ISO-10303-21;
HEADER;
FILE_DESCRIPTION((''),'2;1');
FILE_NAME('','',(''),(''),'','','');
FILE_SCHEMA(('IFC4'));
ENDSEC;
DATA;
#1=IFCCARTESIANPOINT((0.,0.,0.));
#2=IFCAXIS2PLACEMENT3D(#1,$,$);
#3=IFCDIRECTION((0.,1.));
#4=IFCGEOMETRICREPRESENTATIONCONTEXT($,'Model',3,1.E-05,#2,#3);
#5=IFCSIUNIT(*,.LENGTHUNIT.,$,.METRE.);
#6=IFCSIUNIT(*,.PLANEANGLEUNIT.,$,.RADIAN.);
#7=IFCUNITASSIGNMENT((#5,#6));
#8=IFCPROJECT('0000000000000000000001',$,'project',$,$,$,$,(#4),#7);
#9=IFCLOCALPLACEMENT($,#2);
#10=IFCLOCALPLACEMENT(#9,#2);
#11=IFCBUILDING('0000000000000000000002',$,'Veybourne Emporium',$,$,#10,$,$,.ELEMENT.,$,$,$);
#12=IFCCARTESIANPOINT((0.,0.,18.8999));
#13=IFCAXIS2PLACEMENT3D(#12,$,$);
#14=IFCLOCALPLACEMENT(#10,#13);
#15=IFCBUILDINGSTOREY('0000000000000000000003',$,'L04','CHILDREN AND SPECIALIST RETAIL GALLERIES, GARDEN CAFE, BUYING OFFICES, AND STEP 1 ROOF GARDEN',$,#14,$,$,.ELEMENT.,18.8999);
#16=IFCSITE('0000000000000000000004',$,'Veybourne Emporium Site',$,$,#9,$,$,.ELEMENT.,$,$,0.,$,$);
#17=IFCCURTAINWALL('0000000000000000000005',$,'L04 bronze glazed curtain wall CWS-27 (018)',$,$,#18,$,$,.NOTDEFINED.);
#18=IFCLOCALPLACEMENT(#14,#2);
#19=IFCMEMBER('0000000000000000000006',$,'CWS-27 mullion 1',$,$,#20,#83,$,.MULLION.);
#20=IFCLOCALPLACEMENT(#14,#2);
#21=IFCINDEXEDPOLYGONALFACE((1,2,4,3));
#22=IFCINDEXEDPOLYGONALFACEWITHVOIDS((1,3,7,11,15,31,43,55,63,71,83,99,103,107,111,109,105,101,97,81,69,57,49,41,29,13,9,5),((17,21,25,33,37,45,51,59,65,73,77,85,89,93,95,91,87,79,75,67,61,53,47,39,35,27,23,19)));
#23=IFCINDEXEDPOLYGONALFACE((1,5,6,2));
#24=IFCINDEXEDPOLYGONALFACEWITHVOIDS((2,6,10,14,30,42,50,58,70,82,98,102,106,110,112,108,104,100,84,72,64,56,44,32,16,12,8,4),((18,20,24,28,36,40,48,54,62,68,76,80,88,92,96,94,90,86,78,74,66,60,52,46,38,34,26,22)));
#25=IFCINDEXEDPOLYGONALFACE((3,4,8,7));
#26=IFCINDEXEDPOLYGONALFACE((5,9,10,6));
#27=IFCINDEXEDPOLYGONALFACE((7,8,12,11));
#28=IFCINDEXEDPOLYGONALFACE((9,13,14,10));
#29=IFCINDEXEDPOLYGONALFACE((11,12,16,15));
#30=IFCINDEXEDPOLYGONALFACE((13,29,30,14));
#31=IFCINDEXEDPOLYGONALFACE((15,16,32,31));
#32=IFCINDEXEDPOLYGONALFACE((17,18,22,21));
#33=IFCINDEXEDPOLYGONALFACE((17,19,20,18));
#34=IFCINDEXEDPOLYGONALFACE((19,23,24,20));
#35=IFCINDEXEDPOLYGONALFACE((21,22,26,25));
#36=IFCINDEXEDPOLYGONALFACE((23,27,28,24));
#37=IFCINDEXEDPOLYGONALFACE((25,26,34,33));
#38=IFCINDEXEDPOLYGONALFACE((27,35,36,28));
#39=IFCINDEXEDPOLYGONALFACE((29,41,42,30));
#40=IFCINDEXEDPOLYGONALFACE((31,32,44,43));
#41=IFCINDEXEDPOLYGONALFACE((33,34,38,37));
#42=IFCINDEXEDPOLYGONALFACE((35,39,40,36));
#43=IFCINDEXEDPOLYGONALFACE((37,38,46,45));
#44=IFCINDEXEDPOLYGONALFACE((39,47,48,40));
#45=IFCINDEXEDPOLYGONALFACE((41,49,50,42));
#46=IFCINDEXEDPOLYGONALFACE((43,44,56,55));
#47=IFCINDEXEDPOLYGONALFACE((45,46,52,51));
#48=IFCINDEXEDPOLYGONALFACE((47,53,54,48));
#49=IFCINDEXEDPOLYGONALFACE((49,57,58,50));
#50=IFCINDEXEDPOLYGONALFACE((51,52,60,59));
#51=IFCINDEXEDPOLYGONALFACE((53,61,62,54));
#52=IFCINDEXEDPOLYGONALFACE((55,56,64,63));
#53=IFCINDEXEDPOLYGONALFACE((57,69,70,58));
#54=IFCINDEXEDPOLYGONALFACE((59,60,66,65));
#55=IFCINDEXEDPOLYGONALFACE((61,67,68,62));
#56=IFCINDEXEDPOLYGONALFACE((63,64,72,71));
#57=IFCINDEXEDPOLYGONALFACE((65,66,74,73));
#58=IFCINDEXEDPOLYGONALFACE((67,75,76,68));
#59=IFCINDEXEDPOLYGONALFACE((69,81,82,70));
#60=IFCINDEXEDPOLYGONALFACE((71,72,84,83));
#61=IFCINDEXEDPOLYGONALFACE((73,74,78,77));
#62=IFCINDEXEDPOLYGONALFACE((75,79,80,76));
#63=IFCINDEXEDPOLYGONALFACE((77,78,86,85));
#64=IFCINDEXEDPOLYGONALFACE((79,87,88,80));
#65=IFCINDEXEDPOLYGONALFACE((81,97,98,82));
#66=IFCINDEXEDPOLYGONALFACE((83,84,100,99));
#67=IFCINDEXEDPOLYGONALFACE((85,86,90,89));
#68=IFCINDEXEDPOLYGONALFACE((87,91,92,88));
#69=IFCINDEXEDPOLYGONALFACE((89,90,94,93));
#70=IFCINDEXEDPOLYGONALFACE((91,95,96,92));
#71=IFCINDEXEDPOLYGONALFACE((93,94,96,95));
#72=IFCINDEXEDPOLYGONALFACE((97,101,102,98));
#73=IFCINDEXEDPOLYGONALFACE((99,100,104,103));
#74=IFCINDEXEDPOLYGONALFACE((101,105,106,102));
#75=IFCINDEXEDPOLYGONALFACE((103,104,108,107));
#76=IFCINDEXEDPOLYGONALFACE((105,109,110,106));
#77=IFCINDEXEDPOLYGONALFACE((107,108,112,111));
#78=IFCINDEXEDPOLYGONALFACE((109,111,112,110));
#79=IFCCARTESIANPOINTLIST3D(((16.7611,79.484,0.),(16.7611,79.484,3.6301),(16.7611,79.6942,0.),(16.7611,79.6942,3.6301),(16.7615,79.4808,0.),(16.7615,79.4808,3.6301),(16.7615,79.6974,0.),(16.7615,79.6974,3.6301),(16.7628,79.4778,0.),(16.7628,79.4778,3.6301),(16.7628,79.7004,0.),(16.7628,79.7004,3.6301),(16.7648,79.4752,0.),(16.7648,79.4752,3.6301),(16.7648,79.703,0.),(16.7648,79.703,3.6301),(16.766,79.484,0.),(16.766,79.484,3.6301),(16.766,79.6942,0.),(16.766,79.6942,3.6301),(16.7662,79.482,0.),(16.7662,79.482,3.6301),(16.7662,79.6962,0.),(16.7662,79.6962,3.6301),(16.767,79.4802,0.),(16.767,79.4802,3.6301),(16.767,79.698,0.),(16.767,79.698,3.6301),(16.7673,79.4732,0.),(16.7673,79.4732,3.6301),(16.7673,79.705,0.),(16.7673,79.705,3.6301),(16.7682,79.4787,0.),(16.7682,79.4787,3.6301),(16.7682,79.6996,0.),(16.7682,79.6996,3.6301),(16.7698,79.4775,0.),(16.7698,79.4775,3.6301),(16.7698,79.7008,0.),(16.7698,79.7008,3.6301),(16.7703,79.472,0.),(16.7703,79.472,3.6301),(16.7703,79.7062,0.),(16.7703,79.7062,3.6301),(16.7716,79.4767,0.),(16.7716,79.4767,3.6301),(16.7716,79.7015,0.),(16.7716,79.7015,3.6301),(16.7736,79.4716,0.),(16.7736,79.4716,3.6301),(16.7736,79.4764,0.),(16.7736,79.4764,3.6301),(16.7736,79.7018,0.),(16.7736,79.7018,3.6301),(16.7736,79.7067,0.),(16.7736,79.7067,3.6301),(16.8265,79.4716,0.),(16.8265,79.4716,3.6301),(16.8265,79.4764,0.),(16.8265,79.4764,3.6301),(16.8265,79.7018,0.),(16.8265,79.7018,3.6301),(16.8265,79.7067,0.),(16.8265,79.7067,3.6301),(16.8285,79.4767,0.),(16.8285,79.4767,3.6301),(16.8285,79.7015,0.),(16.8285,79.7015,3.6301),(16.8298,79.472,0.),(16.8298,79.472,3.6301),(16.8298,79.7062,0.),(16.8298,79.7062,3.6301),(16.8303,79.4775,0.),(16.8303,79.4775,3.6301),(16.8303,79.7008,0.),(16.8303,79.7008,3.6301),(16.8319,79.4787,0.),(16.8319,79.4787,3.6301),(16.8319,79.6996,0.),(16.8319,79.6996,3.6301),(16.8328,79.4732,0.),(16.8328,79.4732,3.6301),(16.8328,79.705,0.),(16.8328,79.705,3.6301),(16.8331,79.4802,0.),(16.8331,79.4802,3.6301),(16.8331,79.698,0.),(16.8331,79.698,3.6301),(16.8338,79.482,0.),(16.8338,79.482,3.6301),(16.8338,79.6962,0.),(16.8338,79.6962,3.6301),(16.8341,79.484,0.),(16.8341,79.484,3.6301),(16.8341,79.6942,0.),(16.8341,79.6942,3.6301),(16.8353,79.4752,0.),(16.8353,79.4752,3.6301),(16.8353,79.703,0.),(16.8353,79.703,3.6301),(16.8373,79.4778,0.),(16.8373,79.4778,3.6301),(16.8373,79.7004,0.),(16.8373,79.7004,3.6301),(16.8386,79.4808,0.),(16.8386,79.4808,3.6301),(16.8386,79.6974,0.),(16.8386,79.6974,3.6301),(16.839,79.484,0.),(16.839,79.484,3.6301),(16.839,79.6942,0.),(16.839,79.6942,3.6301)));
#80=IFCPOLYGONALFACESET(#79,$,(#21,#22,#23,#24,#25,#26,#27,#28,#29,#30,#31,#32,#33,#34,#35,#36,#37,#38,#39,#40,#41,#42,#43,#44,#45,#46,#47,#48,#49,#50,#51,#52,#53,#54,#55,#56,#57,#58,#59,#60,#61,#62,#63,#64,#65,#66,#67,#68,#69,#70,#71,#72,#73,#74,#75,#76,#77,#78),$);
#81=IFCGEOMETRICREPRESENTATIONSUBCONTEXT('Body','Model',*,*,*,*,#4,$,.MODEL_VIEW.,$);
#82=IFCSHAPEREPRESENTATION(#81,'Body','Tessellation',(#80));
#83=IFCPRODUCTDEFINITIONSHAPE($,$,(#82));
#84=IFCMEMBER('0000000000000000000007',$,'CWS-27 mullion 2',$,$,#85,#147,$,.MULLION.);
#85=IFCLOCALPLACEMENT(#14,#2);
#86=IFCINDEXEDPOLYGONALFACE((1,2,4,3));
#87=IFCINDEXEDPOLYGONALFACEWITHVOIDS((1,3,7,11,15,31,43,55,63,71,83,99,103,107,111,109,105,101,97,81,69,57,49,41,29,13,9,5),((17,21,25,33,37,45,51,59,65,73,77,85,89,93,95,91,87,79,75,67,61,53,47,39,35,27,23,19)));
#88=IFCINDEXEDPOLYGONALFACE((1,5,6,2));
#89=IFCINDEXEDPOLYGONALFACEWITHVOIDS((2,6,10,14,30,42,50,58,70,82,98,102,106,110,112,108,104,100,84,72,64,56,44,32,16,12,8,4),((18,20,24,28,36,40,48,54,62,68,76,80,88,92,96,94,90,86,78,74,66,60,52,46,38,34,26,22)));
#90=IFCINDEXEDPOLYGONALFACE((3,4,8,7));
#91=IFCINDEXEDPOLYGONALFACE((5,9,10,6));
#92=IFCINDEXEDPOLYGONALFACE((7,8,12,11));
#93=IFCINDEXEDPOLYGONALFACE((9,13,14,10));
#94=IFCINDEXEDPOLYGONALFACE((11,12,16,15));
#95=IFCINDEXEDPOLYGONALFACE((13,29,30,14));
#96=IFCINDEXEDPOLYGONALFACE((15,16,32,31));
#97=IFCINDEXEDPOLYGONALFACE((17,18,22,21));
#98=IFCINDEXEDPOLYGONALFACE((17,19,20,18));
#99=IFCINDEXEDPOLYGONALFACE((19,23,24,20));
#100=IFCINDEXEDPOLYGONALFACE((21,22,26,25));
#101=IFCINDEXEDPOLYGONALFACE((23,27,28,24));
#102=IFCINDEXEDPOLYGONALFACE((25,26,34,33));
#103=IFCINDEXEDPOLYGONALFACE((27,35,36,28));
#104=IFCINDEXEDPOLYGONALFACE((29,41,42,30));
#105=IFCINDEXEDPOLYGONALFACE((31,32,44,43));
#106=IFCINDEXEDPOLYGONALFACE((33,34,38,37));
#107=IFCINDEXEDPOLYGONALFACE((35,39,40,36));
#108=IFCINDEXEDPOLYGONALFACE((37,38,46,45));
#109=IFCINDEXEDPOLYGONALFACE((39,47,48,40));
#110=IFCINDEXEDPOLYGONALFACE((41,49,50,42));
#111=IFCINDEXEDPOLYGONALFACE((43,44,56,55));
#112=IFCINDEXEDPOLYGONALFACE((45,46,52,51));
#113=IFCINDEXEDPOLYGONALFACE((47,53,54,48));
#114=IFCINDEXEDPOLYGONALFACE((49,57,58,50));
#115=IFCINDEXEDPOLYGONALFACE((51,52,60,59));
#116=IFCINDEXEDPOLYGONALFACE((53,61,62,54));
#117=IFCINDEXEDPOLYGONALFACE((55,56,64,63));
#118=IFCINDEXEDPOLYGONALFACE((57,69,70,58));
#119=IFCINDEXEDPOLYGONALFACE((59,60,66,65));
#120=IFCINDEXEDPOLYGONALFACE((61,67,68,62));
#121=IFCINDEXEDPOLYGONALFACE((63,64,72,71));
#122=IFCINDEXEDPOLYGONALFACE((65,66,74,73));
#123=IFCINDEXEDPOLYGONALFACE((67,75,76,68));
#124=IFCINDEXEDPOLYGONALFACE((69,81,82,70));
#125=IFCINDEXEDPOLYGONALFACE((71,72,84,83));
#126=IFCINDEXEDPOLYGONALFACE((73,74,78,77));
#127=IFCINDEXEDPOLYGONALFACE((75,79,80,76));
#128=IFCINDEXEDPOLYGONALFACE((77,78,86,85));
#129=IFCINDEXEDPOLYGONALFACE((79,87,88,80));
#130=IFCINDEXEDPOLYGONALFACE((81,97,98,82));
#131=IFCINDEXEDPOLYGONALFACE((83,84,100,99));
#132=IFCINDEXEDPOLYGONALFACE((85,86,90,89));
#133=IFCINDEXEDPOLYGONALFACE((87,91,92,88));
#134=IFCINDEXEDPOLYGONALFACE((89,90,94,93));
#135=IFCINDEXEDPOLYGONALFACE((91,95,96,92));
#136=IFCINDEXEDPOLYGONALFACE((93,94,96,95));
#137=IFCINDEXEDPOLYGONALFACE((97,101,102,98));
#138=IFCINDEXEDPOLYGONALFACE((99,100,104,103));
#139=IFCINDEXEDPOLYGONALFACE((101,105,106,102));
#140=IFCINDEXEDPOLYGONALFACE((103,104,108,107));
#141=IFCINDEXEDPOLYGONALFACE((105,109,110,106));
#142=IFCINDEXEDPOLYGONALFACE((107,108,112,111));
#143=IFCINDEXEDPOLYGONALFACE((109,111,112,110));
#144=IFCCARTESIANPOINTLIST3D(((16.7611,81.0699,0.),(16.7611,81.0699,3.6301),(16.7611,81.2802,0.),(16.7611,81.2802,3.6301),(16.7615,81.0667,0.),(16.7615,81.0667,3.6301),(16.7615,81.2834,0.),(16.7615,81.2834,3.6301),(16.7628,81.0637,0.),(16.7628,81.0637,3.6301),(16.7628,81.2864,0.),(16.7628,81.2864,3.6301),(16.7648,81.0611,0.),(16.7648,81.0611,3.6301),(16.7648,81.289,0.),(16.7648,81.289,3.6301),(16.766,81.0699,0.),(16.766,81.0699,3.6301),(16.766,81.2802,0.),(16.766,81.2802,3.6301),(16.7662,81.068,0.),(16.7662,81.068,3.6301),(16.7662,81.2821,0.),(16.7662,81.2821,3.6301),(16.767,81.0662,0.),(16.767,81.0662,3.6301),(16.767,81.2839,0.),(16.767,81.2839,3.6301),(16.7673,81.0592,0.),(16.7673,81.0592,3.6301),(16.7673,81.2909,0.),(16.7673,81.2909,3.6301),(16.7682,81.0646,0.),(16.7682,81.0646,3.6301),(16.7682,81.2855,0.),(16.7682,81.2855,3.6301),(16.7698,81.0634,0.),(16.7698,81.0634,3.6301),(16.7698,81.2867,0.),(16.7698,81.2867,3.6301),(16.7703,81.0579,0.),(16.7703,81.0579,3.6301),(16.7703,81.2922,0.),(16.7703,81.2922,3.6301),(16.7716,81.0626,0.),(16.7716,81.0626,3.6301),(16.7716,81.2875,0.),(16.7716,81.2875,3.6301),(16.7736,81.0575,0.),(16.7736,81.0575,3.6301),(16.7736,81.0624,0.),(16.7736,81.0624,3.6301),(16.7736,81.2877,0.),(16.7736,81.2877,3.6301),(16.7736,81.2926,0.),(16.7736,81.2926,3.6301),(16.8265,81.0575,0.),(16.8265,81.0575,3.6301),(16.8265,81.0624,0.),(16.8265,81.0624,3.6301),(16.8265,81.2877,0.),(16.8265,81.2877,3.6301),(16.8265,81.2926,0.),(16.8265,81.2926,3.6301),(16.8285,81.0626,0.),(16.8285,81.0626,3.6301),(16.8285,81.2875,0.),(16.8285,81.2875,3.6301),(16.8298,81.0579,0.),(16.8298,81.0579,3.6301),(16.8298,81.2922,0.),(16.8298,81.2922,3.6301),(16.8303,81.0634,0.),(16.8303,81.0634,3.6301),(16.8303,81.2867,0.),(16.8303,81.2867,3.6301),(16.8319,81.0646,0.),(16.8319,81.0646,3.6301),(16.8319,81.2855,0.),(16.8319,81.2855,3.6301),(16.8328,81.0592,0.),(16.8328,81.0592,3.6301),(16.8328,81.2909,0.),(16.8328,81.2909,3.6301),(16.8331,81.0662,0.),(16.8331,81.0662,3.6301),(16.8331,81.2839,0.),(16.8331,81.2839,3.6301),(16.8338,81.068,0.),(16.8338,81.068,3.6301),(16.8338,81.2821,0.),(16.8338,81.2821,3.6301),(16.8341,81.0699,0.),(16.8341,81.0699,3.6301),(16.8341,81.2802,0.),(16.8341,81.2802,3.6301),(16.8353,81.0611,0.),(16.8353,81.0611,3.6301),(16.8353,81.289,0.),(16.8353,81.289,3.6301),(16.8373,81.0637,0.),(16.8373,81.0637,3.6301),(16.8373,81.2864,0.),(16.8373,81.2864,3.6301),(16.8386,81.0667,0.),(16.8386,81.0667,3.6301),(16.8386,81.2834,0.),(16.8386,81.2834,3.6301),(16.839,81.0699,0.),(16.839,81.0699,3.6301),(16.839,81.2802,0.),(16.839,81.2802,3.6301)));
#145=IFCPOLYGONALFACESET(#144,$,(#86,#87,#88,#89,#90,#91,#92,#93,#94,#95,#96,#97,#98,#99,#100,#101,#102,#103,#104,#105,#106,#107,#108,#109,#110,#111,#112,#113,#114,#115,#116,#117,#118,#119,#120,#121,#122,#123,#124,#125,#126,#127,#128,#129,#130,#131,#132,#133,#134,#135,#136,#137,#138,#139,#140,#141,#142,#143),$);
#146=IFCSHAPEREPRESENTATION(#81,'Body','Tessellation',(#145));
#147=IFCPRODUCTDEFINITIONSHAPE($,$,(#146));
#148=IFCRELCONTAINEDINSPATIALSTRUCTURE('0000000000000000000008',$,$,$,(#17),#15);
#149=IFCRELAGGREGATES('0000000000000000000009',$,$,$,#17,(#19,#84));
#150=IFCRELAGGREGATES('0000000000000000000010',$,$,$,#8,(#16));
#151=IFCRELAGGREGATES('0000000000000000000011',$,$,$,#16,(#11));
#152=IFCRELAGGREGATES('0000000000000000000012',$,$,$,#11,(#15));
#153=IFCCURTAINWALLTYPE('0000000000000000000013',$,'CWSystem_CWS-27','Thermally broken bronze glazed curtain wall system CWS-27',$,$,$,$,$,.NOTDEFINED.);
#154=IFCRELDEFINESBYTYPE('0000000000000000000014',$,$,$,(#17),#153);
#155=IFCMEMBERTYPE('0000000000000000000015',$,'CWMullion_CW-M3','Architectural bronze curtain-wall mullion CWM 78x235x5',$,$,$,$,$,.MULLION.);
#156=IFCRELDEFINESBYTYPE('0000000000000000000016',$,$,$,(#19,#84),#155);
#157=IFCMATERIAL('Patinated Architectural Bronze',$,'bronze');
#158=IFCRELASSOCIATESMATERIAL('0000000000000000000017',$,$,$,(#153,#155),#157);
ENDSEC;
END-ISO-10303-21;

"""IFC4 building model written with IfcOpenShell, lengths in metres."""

from ifc_helpers import new_model, si_unit, direction, frame, origin, origin_2d, place, context, subcontext, project, spatial, hollow_rectangle, extrude, material, material_profile, profile_set, type_object, element, aggregate, save


model = new_model("IFC4")

# Units and contexts
model_context = context("Model", 3, precision=1e-05, world=origin(), true_north=direction((0.0, 1.0)))
body_context = subcontext(model_context, "Body", "Model", "MODEL_VIEW")
ifc_project = project(units=[si_unit("LENGTHUNIT", "METRE"), si_unit("PLANEANGLEUNIT", "RADIAN")], contexts=[model_context])

# Site, building, storey
site_placement = place(None, origin())
site = spatial("IfcSite", under=ifc_project, at=site_placement, Name="Veybourne Emporium Site", CompositionType="ELEMENT", RefElevation=0.0)
building_placement = place(site_placement, origin())
building = spatial("IfcBuilding", under=site, at=building_placement, Name="Veybourne Emporium", CompositionType="ELEMENT")
storey_placement = place(building_placement, frame((0.0, 0.0, 18.8999)))
storey = spatial("IfcBuildingStorey", under=building, at=storey_placement, Name="L04", Description="CHILDREN AND SPECIALIST RETAIL GALLERIES, GARDEN CAFE, BUYING OFFICES, AND STEP 1 ROOF GARDEN", CompositionType="ELEMENT", Elevation=18.8999)

# Curtain wall, members
ifc_material_1 = material(Name="Patinated Architectural Bronze", Category="bronze")
curtain_wall_type = type_object("IfcCurtainWallType", Name="CWSystem_CWS-27", Description="Thermally broken bronze glazed curtain wall system CWS-27", PredefinedType="NOTDEFINED", material=ifc_material_1)
curtain_wall_placement = place(storey_placement, origin())
curtain_wall = element("IfcCurtainWall", 1, at=curtain_wall_placement, inside=storey, type_object=curtain_wall_type, Name="L04 bronze glazed curtain wall CWS-27 (018)", PredefinedType="NOTDEFINED")
ifc_material_profile_1 = material_profile(ifc_material_1, hollow_rectangle(XDim=0.0779, YDim=0.2351, WallThickness=0.0049, InnerFilletRadius=0.0076, OuterFilletRadius=0.0125, at=origin_2d()), Name="CWM 78x235x5")
ifc_profile_set_1 = profile_set([ifc_material_profile_1], Name="Patinated Architectural Bronze")
member_type_1 = type_object("IfcMemberType", Name="CWMullion_CW-M3", Description="Architectural bronze curtain-wall mullion CWM 78x235x5", PredefinedType="MULLION", material=ifc_profile_set_1)
member_1_placement = place(storey_placement, frame((16.8, 79.5891, 0.0), z_axis=(0.0, 0.0, 1.0), x_axis=(-1.0, 0.0, 0.0)))
member_1 = element("IfcMember", 2, at=member_1_placement, type_object=member_type_1, Name="CWS-27 mullion 1", PredefinedType="MULLION", context=body_context, shape_type="SweptSolid", body=[
    extrude(hollow_rectangle(XDim=0.0779, YDim=0.2351, WallThickness=0.0049, InnerFilletRadius=0.0076, OuterFilletRadius=0.0125, at=origin_2d()), origin(), (0.0, 0.0, 1.0), 3.6301),
])
member_2_placement = place(storey_placement, frame((16.8, 81.175, 0.0), z_axis=(0.0, 0.0, 1.0), x_axis=(-1.0, 0.0, 0.0)))
member_2 = element("IfcMember", 3, at=member_2_placement, type_object=member_type_1, Name="CWS-27 mullion 2", PredefinedType="MULLION", context=body_context, shape_type="SweptSolid", body=[
    extrude(hollow_rectangle(XDim=0.0779, YDim=0.2351, WallThickness=0.0049, InnerFilletRadius=0.0076, OuterFilletRadius=0.0125, at=origin_2d()), origin(), (0.0, 0.0, 1.0), 3.6301),
])

aggregate(curtain_wall, [member_1, member_2])

save(model, "model.ifc")
